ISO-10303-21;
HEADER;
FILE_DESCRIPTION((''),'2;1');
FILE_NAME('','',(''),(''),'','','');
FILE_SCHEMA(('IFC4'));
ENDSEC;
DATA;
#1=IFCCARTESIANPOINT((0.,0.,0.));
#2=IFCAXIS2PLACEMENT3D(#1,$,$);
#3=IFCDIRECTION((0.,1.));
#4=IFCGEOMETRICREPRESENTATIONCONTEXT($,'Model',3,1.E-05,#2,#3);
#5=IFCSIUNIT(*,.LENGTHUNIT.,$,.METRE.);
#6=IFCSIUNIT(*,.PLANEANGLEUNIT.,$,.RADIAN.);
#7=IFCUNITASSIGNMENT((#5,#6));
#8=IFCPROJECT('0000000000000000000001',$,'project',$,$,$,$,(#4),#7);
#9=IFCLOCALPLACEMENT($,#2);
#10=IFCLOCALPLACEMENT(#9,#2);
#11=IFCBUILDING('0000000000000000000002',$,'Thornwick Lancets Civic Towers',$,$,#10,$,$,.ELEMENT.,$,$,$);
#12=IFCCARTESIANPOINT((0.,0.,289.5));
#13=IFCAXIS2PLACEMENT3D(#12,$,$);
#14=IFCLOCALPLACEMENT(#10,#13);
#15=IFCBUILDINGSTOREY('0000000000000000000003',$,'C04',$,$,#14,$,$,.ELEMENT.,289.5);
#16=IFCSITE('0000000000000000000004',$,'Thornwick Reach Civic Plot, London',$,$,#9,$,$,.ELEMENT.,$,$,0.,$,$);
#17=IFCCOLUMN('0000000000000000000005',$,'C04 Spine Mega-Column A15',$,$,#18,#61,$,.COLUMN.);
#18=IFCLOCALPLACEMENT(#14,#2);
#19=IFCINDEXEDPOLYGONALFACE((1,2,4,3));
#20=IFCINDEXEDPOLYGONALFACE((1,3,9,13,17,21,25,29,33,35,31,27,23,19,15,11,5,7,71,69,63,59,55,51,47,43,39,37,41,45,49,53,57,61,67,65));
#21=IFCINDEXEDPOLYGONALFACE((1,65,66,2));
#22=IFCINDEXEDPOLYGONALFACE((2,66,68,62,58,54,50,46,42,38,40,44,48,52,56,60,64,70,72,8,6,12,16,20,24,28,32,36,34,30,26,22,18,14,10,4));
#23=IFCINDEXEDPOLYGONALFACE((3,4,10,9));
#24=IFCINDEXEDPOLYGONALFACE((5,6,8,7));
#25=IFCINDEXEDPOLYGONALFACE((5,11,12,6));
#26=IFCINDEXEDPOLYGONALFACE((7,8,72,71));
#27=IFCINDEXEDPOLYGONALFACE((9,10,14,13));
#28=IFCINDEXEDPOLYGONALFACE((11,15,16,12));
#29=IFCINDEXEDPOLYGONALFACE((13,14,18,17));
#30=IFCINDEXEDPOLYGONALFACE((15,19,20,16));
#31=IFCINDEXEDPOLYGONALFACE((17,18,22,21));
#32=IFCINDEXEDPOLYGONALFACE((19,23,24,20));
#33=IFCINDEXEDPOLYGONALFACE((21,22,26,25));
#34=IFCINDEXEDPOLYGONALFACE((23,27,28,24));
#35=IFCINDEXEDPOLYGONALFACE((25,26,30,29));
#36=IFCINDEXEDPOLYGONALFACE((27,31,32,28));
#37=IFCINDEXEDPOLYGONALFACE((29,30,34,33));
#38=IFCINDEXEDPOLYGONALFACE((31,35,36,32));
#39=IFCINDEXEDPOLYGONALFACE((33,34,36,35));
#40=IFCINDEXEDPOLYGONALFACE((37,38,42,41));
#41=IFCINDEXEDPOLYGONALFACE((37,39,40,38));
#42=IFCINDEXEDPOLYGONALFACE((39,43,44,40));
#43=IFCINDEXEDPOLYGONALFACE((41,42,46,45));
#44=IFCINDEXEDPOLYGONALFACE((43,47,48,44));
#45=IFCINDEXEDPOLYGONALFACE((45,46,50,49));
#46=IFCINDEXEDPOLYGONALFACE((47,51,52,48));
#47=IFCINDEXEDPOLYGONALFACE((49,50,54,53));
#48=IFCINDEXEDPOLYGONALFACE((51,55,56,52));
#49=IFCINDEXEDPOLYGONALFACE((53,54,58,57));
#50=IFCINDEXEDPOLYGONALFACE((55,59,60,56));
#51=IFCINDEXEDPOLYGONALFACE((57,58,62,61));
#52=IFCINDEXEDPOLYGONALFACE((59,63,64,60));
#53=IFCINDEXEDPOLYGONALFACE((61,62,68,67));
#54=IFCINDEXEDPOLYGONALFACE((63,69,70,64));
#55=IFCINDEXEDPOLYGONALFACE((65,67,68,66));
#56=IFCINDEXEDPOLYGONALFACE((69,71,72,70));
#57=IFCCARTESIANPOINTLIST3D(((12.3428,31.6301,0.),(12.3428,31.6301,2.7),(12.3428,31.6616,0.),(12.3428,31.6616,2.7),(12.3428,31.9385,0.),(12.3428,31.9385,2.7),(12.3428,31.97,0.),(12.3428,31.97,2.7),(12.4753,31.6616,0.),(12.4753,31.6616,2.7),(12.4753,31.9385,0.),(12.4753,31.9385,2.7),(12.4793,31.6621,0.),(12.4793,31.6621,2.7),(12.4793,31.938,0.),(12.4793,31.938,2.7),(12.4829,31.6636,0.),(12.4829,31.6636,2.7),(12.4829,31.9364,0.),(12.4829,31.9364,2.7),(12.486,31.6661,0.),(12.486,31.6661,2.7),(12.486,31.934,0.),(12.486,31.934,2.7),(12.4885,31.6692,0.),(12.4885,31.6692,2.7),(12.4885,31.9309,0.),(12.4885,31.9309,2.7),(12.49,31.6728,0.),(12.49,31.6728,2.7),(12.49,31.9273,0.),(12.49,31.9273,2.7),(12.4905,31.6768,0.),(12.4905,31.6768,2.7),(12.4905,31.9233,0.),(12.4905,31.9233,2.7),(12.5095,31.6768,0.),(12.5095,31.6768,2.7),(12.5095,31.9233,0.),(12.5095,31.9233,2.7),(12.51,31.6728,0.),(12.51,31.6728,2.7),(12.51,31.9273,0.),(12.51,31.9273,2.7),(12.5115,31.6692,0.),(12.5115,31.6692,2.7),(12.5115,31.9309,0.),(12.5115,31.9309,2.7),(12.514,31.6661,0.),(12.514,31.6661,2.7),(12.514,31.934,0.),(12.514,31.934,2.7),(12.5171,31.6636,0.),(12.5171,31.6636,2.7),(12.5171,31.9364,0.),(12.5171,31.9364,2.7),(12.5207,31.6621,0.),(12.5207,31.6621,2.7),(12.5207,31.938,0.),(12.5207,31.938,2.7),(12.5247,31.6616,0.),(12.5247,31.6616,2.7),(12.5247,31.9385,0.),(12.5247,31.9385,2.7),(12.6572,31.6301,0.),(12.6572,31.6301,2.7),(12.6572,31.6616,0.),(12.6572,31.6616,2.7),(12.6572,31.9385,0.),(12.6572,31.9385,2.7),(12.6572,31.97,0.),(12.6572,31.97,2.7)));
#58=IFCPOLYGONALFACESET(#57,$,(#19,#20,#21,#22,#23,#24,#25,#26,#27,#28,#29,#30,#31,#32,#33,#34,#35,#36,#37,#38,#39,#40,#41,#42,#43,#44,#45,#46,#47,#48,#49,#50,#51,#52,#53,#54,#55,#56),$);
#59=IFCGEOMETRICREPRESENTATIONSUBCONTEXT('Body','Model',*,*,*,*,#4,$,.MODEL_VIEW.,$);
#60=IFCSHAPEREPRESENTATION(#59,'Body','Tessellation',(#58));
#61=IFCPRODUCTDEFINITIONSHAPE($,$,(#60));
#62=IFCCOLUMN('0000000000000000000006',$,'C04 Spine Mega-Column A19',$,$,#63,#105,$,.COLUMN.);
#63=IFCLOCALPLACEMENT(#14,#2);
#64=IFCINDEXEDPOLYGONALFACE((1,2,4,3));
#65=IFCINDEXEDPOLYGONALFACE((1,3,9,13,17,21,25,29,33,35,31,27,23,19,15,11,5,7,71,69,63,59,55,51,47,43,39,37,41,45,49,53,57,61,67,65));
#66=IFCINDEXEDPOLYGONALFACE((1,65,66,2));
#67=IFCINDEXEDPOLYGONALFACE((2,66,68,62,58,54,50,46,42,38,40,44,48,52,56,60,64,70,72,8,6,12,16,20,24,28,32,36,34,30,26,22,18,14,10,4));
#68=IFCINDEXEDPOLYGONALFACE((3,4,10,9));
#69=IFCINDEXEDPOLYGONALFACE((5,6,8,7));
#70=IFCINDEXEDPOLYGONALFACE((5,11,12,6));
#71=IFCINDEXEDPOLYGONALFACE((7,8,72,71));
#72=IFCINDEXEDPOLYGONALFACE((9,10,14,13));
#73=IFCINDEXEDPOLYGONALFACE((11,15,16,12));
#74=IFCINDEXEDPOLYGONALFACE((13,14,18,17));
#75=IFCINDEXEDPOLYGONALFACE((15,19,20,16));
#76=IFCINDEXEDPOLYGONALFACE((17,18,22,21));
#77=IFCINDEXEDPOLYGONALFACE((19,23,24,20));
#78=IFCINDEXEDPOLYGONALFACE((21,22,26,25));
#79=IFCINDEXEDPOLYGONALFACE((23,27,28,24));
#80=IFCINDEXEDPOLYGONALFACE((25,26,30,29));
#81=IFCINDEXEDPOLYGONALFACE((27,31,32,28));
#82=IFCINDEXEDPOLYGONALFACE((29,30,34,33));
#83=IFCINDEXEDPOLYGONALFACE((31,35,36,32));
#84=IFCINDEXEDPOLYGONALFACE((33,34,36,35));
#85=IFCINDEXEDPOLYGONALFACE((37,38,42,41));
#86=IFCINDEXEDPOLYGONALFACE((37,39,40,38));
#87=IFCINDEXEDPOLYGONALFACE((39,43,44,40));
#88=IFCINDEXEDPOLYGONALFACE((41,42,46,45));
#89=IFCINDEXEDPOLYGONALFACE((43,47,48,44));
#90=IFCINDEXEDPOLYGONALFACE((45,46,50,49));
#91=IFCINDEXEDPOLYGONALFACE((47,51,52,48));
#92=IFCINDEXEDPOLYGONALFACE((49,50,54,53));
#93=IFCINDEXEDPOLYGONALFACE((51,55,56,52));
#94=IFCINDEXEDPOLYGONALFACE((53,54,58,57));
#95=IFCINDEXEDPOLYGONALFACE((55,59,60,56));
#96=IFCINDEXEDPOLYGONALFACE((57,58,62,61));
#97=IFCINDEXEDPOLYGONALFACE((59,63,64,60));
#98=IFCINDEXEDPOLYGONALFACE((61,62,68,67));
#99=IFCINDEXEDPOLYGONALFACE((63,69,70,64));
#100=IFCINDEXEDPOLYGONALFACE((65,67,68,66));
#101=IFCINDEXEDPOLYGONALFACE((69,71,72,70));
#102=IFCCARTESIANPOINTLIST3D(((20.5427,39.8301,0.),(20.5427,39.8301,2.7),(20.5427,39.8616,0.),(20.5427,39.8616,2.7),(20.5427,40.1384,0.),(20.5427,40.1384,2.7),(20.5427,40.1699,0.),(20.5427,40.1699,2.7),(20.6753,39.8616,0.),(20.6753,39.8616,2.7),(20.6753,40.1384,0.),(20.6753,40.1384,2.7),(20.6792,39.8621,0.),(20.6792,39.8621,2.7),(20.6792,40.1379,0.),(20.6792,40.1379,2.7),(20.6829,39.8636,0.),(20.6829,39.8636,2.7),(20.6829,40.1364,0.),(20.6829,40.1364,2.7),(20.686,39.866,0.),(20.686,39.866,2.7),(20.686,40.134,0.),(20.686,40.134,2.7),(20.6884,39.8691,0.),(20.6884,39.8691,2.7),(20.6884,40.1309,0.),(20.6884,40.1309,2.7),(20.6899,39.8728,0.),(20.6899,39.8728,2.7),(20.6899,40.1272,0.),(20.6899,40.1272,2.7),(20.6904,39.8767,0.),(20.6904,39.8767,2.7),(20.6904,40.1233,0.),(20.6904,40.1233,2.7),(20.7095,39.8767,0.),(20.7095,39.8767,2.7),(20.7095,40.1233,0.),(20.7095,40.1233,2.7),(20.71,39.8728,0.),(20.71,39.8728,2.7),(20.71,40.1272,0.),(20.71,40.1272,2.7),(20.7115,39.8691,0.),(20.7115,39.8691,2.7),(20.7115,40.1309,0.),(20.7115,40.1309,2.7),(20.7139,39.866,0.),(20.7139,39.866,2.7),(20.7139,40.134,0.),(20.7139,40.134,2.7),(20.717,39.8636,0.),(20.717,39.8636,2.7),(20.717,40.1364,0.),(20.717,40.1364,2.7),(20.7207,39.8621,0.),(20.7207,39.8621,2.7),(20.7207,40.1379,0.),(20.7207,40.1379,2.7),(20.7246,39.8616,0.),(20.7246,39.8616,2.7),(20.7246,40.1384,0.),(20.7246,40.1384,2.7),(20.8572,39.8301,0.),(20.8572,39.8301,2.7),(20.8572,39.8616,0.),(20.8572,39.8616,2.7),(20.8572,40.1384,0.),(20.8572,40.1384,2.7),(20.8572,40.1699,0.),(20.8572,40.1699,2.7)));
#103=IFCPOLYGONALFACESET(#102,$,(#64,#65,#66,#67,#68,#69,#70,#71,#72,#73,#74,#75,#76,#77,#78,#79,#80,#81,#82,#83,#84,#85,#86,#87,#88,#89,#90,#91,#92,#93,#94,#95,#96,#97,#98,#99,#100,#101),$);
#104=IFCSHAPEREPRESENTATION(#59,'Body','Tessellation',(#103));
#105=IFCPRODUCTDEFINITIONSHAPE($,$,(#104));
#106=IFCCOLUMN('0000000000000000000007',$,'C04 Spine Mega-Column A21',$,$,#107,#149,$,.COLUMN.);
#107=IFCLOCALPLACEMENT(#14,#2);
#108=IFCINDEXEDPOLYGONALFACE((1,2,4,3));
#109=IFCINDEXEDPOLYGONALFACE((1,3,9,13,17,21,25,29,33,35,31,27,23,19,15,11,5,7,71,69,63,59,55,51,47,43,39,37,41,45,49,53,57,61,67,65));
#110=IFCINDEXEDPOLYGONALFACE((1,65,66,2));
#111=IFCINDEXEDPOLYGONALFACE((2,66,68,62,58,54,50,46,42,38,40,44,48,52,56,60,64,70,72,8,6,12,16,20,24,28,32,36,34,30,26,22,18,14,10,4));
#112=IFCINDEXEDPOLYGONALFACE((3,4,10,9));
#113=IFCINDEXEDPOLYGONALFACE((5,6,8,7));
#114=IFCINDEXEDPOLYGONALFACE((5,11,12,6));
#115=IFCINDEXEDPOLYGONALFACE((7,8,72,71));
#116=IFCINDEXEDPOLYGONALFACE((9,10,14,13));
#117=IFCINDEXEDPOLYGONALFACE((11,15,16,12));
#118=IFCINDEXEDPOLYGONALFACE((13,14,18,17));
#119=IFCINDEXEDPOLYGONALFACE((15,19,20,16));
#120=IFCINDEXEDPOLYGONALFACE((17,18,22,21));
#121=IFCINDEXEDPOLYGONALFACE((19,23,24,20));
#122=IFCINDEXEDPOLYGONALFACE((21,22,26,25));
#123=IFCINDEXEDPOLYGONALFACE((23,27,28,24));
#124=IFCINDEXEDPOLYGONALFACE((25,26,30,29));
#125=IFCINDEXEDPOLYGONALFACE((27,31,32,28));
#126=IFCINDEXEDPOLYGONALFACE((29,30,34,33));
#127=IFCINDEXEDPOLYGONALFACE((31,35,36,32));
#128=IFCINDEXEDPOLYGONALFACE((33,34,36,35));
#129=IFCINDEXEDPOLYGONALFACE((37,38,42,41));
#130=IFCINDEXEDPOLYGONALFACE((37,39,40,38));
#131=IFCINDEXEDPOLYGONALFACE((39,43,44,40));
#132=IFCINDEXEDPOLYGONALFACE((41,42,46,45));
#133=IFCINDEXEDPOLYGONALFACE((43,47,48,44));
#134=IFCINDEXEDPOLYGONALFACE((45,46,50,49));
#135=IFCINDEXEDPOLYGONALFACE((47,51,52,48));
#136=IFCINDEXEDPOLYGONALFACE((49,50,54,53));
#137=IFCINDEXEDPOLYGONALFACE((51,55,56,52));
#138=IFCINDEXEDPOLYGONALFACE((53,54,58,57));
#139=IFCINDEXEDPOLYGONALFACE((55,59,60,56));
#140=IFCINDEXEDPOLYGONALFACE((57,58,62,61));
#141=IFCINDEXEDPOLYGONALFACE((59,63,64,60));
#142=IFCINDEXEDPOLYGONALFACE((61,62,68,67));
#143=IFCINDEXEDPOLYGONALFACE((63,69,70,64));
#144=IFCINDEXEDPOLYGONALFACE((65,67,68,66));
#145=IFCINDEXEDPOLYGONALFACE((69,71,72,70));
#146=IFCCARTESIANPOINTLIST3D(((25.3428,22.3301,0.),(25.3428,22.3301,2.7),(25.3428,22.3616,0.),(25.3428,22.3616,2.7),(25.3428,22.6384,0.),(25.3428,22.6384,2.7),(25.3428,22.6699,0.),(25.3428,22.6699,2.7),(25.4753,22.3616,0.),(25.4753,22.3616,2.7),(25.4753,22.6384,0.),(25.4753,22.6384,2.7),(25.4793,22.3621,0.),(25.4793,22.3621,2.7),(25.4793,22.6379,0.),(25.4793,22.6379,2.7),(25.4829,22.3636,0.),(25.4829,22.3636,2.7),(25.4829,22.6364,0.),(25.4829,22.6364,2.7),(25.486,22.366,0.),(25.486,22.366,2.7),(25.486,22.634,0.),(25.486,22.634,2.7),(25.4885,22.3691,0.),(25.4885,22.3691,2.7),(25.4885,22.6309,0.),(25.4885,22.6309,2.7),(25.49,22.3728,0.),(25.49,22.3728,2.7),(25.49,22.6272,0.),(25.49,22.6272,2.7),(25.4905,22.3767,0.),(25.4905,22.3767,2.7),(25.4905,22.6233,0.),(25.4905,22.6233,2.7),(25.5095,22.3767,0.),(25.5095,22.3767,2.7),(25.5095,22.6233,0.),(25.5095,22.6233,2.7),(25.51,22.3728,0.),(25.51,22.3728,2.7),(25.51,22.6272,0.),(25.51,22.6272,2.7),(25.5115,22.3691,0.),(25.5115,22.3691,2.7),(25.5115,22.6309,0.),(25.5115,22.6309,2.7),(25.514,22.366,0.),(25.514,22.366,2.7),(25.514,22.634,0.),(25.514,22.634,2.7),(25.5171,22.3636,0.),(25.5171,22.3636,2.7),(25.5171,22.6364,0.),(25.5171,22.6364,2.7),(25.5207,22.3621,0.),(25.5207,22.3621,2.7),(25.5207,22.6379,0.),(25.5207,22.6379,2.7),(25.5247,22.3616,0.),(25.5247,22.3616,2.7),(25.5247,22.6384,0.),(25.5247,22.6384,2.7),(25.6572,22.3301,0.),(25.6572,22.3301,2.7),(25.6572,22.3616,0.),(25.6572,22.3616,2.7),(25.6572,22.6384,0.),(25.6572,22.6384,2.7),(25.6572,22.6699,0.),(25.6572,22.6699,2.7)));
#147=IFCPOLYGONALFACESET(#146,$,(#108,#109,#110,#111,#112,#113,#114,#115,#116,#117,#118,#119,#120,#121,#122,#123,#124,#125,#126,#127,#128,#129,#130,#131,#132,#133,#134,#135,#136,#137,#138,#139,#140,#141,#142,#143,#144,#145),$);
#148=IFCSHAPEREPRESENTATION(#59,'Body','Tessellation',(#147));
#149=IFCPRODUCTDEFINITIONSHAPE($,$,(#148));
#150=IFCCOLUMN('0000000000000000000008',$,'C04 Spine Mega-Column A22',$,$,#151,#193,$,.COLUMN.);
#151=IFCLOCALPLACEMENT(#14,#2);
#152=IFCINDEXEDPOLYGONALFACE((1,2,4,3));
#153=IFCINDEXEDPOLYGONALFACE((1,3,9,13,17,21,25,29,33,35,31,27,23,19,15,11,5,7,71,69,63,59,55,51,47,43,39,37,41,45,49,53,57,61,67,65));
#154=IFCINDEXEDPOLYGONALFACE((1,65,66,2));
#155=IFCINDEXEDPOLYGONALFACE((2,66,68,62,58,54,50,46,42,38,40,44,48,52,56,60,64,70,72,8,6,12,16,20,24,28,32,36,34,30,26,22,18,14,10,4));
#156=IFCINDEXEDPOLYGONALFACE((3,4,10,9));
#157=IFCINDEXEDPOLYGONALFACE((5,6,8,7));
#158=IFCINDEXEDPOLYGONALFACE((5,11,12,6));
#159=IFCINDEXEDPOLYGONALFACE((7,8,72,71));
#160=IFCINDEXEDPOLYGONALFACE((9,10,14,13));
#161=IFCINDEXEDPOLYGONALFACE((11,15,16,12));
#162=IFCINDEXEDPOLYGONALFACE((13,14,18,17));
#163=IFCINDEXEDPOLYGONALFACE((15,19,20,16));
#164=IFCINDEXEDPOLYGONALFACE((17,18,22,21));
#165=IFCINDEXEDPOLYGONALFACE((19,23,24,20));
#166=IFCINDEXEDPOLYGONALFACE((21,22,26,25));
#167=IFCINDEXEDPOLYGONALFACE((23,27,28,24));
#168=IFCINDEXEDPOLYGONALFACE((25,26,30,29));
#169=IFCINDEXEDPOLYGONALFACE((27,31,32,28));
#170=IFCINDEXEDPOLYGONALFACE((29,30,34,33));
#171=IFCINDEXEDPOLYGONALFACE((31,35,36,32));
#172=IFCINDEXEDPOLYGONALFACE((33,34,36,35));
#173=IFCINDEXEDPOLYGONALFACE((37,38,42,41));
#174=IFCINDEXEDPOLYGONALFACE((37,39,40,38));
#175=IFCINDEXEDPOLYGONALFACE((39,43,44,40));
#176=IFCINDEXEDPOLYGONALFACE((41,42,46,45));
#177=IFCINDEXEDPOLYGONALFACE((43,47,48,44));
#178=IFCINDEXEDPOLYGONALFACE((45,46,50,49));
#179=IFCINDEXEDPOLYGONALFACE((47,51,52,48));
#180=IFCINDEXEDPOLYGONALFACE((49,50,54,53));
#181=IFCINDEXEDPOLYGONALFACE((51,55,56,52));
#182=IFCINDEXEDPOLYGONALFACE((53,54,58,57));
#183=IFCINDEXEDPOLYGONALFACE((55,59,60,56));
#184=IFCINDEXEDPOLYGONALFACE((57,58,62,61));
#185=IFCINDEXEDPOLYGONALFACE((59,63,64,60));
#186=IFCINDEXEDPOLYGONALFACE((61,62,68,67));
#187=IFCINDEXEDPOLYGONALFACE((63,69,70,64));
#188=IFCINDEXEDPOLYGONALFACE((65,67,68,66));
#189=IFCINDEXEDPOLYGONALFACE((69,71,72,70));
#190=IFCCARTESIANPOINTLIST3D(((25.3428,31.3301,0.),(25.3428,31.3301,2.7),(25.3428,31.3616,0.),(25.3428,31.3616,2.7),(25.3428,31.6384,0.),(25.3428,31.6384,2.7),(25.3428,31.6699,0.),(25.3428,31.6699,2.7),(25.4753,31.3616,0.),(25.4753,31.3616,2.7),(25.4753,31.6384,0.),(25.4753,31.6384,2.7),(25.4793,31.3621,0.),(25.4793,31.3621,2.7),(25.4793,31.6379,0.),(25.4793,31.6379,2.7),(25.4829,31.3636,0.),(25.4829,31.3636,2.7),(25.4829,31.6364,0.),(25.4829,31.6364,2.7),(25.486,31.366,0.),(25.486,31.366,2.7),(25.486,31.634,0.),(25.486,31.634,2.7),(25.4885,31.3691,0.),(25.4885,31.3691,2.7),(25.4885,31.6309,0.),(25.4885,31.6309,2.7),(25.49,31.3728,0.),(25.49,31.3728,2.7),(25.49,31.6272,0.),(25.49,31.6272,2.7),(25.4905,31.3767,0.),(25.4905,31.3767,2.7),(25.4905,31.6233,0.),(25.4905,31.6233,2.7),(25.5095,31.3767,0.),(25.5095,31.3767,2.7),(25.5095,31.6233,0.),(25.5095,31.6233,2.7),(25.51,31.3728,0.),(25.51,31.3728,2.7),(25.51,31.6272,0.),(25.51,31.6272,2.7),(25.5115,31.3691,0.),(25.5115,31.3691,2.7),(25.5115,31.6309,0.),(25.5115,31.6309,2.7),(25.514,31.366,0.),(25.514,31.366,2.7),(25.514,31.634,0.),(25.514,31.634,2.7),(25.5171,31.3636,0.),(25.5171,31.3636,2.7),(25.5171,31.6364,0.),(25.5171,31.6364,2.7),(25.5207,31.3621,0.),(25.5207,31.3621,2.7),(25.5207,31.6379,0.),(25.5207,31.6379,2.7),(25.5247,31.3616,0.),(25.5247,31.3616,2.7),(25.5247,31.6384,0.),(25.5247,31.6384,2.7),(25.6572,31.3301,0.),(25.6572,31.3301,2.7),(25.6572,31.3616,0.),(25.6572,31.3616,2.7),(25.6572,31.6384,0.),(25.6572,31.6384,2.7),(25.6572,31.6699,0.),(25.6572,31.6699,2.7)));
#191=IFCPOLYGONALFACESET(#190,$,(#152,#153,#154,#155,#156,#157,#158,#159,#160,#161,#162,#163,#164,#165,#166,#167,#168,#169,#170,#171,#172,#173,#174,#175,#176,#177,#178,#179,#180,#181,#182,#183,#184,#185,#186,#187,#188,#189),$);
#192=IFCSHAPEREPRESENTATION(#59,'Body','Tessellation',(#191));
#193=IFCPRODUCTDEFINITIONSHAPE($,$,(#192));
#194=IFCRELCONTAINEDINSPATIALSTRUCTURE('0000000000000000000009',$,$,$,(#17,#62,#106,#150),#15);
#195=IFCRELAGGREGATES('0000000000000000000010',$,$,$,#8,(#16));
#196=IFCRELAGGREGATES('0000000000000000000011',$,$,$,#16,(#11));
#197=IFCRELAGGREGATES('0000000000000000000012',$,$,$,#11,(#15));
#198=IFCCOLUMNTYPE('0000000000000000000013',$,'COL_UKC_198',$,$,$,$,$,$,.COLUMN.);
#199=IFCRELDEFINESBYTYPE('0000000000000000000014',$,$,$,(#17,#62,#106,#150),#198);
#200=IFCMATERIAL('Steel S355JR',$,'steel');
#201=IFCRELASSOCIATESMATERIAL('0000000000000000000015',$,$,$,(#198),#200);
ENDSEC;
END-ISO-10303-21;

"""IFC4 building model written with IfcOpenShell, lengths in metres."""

from ifc_helpers import new_model, si_unit, direction, frame, origin, origin_2d, place, context, subcontext, project, spatial, i_section, extrude, material, material_profile, profile_set, type_object, element, save


model = new_model("IFC4")

# Units and contexts
model_context = context("Model", 3, precision=1e-05, world=origin(), true_north=direction((0.0, 1.0)))
body_context = subcontext(model_context, "Body", "Model", "MODEL_VIEW")
ifc_project = project(units=[si_unit("LENGTHUNIT", "METRE"), si_unit("PLANEANGLEUNIT", "RADIAN")], contexts=[model_context])

# Site, building, storey
site_placement = place(None, origin())
site = spatial("IfcSite", under=ifc_project, at=site_placement, Name="Thornwick Reach Civic Plot, London", CompositionType="ELEMENT", RefElevation=0.0)
building_placement = place(site_placement, origin())
building = spatial("IfcBuilding", under=site, at=building_placement, Name="Thornwick Lancets Civic Towers", CompositionType="ELEMENT")
storey_placement = place(building_placement, frame((0.0, 0.0, 289.5)))
storey = spatial("IfcBuildingStorey", under=building, at=storey_placement, Name="C04", CompositionType="ELEMENT", Elevation=289.5)

# Columns
ifc_material_1 = material(Name="Steel S355JR", Category="steel")
ifc_material_profile_1 = material_profile(ifc_material_1, i_section(OverallWidth=0.3145, OverallDepth=0.3398, WebThickness=0.019, FlangeThickness=0.0315, FilletRadius=0.0151, at=origin_2d()), Name="UKC 305x305x198")
ifc_profile_set_1 = profile_set([ifc_material_profile_1], Name="Steel S355JR")
column_type = type_object("IfcColumnType", Name="COL_UKC_198", PredefinedType="COLUMN", material=ifc_profile_set_1)
for number, where, z_axis, x_axis, name in (
    (1, (12.5, 31.8, 0.0), (0.0, 0.0, 1.0), (1.0, 0.0, 0.0), "C04 Spine Mega-Column A15"),
    (2, (20.7, 40.0, 0.0), (0.0, 0.0, 1.0), (1.0, 0.0, 0.0), "C04 Spine Mega-Column A19"),
    (3, (25.5, 22.5, 0.0), (0.0, 0.0, 1.0), (1.0, 0.0, 0.0), "C04 Spine Mega-Column A21"),
    (4, (25.5, 31.5, 0.0), (0.0, 0.0, 1.0), (1.0, 0.0, 0.0), "C04 Spine Mega-Column A22"),
):
    element("IfcColumn", number, at=place(storey_placement, frame(where, z_axis=z_axis, x_axis=x_axis)), inside=storey, type_object=column_type, Name=name, PredefinedType="COLUMN", context=body_context, shape_type="SweptSolid", body=[
        extrude(i_section(OverallWidth=0.3145, OverallDepth=0.3398, WebThickness=0.019, FlangeThickness=0.0315, FilletRadius=0.0151, at=origin_2d()), origin(), (0.0, 0.0, 1.0), 2.7),
    ])

save(model, "model.ifc")
